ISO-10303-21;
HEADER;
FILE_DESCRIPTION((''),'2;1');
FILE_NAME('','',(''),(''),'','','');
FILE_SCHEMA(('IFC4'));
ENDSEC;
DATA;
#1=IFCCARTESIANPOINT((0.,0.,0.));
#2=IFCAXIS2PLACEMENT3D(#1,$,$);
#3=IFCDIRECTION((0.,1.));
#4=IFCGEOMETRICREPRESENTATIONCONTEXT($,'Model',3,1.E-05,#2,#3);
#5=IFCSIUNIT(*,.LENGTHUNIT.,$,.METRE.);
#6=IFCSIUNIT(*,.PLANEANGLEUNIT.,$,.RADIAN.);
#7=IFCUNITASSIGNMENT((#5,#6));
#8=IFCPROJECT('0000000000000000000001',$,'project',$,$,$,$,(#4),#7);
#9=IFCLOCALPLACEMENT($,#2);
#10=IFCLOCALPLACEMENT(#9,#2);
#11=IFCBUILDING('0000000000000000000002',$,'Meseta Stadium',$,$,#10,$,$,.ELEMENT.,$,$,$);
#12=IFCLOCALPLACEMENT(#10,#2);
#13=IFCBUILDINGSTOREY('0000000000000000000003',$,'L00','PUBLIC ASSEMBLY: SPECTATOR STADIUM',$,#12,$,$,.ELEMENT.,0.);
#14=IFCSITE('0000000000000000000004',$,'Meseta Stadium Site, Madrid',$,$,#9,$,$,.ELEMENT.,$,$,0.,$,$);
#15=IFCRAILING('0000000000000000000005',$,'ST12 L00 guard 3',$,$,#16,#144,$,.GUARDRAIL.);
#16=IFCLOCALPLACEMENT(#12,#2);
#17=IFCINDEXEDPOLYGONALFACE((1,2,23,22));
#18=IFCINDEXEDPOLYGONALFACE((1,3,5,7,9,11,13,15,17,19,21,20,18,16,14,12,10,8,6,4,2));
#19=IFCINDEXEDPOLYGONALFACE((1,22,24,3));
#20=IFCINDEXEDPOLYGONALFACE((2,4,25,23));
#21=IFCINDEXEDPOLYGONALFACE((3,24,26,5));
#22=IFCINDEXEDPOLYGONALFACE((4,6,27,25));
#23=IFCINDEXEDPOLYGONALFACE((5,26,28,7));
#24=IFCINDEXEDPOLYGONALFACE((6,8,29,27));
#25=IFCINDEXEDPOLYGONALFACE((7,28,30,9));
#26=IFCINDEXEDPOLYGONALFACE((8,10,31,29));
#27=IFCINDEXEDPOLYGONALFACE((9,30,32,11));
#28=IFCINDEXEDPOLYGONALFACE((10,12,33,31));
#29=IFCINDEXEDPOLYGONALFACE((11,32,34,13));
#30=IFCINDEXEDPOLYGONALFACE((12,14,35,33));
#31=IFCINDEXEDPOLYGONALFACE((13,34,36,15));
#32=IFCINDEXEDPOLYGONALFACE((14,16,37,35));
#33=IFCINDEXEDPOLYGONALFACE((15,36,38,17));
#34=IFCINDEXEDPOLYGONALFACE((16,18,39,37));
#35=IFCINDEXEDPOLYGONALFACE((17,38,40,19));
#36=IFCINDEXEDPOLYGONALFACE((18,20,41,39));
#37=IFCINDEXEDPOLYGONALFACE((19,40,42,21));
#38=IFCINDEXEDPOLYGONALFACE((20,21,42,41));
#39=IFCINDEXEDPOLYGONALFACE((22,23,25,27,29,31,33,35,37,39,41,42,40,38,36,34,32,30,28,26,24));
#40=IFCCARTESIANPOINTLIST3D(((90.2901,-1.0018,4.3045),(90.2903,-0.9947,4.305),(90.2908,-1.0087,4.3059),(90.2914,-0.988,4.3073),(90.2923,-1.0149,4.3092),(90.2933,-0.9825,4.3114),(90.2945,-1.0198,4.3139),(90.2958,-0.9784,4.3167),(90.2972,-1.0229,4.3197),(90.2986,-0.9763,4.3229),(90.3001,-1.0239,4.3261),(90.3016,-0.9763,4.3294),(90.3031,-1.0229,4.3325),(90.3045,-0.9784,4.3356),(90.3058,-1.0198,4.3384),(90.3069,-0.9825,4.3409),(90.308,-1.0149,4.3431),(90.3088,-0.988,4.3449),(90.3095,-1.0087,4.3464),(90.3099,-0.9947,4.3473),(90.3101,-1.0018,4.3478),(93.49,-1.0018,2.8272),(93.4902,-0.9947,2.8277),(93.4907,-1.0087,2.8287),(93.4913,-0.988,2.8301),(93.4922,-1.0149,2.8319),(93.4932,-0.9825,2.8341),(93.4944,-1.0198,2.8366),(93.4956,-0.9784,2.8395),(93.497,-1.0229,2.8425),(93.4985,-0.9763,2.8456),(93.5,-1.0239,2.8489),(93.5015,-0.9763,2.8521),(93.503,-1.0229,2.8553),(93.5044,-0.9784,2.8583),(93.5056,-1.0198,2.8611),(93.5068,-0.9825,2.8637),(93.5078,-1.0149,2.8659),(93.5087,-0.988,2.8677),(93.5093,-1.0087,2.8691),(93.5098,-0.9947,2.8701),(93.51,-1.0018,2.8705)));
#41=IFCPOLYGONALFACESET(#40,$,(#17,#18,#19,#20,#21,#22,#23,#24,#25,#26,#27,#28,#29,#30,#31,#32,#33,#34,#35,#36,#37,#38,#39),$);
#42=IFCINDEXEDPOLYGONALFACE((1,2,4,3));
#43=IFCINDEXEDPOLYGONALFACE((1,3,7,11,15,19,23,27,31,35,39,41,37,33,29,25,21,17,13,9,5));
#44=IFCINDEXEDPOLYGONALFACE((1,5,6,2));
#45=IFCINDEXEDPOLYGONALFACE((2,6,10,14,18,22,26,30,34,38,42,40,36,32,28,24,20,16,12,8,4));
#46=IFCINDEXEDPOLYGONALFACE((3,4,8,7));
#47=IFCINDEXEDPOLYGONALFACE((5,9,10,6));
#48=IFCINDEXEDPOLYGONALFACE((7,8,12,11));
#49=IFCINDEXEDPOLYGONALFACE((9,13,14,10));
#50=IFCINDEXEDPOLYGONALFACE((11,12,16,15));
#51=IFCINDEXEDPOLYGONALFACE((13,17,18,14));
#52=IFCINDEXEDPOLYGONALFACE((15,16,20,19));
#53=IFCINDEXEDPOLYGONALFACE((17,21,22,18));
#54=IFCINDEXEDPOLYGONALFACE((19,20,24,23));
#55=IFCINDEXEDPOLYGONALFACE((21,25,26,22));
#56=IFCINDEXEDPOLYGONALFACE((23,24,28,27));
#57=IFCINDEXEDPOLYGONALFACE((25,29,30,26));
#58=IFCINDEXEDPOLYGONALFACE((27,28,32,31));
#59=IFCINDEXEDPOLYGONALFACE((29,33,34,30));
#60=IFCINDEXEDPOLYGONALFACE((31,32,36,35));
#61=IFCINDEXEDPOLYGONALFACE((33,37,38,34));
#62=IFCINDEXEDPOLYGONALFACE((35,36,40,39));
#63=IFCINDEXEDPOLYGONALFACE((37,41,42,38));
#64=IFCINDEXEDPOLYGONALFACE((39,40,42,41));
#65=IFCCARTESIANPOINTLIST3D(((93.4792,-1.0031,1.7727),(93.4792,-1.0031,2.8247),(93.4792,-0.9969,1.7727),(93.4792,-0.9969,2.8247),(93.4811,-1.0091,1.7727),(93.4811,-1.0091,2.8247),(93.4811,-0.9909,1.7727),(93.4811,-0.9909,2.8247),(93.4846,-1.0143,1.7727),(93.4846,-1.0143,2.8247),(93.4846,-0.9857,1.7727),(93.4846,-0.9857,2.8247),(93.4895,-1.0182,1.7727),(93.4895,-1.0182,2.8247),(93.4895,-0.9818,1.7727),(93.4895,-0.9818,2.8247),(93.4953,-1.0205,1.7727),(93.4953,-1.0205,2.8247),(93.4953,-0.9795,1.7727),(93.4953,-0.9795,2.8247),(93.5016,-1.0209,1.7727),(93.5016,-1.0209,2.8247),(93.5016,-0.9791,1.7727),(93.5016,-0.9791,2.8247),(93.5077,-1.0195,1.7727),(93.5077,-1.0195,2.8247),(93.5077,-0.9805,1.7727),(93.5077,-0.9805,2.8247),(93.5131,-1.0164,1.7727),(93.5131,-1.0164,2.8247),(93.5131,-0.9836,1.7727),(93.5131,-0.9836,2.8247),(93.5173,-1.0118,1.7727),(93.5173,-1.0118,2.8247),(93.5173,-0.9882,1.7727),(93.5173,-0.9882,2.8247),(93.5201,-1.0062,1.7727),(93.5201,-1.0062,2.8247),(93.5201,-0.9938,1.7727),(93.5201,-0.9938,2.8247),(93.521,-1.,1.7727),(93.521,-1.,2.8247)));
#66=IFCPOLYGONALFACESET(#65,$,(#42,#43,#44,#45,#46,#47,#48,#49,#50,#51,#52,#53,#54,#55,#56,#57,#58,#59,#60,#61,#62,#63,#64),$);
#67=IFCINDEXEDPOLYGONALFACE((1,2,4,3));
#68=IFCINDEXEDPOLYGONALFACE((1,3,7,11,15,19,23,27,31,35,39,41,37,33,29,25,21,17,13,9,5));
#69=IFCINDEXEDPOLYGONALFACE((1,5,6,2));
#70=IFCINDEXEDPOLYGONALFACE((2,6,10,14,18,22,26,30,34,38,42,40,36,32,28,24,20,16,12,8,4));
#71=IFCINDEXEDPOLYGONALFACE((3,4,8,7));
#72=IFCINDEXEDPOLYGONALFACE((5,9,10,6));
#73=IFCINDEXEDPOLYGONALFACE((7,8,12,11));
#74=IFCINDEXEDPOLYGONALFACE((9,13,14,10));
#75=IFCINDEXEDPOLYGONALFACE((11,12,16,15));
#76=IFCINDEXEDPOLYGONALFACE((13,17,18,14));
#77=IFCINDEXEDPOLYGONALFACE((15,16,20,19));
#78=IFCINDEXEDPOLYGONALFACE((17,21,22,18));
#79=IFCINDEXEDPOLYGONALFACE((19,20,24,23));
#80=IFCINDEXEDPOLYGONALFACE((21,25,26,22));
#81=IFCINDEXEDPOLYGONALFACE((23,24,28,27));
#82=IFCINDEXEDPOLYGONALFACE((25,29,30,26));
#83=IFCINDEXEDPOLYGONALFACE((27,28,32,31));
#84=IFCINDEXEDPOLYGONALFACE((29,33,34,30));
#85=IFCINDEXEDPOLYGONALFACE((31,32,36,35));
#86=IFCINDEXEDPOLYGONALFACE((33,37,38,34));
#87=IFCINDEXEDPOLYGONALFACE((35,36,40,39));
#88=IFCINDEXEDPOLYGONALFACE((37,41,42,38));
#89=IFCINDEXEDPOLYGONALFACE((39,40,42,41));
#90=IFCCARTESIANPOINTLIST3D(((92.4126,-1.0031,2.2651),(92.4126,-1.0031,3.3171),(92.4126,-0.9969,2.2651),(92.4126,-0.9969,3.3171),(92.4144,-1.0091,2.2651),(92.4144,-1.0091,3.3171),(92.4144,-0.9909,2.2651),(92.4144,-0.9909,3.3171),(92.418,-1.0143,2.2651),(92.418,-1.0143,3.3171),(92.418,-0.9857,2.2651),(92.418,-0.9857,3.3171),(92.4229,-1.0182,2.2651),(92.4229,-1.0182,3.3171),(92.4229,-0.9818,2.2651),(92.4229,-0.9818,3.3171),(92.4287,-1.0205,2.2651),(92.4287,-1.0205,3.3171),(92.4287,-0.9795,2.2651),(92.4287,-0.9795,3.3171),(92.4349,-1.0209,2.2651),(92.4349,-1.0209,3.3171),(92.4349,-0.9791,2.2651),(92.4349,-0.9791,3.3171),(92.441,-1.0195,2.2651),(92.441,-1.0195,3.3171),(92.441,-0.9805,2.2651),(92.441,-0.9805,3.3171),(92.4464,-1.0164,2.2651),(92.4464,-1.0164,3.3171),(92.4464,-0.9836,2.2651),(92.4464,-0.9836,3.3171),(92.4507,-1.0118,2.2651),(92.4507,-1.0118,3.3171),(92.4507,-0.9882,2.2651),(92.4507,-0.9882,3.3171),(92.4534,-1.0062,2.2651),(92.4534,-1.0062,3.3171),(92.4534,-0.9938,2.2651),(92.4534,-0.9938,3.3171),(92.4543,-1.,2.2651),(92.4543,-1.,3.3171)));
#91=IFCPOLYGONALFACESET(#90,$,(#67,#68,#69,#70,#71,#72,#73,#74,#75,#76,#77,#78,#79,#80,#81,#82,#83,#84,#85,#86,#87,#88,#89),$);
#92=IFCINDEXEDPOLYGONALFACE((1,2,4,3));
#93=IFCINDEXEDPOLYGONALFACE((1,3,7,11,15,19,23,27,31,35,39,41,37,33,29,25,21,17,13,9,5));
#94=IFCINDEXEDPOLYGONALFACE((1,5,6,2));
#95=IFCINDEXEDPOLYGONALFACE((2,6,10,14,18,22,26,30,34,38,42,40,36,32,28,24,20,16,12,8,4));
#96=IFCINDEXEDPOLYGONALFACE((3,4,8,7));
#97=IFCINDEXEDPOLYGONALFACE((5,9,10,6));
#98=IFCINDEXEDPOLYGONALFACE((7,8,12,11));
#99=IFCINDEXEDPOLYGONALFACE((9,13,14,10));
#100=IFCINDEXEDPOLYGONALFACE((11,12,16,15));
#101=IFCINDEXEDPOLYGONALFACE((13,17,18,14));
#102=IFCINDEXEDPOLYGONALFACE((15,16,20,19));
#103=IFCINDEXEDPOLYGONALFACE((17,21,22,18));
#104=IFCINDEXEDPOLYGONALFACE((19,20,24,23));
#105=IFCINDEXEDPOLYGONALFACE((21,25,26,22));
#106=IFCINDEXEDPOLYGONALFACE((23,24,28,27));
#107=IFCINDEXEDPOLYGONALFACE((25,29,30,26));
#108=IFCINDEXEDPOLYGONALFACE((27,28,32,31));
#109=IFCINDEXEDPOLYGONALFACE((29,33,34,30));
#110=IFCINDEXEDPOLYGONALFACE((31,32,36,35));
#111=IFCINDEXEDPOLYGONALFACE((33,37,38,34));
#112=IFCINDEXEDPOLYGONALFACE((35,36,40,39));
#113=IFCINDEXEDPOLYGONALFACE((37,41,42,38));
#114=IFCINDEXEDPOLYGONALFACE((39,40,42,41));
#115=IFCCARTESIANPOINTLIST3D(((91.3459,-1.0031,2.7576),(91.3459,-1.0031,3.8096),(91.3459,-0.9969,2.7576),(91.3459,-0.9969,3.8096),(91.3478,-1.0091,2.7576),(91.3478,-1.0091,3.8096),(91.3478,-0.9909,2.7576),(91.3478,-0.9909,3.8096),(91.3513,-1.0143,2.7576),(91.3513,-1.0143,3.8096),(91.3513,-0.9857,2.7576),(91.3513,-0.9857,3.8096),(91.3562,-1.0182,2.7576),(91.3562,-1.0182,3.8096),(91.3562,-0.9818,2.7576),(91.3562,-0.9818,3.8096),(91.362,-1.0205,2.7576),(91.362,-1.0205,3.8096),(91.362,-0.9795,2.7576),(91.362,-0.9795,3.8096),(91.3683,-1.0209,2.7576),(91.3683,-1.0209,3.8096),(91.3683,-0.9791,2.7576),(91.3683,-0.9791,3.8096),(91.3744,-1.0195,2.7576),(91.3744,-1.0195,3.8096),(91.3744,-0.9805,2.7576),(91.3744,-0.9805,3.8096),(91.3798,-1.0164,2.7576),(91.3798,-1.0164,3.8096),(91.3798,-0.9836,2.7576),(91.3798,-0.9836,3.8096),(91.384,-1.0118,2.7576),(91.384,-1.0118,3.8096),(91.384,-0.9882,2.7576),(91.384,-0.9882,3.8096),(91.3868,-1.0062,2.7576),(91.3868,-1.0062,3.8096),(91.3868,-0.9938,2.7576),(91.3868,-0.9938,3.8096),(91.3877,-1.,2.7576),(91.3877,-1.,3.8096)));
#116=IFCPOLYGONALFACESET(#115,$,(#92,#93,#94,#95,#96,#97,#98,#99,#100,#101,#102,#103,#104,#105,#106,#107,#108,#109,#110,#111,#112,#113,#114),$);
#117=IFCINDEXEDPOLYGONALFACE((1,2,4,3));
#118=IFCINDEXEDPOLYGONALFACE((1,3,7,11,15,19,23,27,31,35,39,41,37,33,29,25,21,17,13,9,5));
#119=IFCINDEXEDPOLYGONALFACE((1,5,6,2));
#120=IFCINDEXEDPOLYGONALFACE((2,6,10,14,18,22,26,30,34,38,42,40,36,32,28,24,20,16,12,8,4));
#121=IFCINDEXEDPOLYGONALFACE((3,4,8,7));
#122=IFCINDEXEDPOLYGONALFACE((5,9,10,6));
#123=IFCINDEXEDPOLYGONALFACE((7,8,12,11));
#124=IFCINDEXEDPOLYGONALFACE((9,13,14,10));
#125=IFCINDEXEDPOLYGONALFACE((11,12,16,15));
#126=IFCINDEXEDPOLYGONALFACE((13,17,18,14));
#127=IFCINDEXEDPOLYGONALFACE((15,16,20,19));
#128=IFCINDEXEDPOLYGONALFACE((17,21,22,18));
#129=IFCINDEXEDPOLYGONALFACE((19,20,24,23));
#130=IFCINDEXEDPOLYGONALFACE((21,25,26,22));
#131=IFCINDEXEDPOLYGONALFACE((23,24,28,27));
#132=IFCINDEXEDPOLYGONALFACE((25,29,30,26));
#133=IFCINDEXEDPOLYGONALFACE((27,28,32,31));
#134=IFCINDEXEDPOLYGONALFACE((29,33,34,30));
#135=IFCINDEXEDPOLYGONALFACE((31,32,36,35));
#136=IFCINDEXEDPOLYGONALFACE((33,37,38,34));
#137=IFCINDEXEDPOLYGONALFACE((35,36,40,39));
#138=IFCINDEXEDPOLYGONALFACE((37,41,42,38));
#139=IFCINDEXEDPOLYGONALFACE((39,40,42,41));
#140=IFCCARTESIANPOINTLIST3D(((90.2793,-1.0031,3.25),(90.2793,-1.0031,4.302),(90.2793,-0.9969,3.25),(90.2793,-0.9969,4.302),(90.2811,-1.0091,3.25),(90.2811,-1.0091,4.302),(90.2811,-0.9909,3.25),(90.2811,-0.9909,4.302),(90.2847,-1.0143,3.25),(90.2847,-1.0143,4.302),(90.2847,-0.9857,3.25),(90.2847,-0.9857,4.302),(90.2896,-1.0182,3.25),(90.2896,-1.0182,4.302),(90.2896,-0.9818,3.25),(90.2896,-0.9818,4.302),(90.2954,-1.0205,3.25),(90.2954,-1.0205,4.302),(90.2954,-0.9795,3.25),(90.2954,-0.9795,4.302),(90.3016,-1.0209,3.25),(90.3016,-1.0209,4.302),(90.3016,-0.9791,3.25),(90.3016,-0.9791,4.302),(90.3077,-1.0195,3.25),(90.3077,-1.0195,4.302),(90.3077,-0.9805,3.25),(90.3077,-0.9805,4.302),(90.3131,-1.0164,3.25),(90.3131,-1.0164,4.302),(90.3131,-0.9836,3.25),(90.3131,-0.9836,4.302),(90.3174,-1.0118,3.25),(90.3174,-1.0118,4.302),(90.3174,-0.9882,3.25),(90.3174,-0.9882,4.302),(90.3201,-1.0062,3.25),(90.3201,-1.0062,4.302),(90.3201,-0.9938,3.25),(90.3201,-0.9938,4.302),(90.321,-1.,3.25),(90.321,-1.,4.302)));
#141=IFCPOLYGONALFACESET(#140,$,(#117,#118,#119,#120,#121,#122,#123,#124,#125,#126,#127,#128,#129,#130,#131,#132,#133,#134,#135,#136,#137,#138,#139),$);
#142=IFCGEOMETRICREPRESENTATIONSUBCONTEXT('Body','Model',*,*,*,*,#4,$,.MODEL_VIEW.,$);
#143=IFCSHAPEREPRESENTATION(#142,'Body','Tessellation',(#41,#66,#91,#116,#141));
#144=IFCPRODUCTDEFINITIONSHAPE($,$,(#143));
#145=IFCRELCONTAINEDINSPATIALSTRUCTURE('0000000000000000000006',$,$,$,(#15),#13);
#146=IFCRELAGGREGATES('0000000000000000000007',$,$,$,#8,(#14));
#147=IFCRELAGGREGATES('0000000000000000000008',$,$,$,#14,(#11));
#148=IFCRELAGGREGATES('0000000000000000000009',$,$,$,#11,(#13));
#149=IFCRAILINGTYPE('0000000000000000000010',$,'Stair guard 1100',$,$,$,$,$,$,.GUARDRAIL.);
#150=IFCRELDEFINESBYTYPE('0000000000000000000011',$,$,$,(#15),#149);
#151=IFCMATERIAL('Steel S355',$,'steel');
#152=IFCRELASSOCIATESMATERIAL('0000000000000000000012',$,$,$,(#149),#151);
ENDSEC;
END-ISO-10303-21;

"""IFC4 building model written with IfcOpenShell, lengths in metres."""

from ifc_helpers import new_model, si_unit, direction, frame, origin, origin_2d, place, context, subcontext, project, spatial, circle, extrude, material, type_object, element, save


model = new_model("IFC4")

# Units and contexts
model_context = context("Model", 3, precision=1e-05, world=origin(), true_north=direction((0.0, 1.0)))
body_context = subcontext(model_context, "Body", "Model", "MODEL_VIEW")
ifc_project = project(units=[si_unit("LENGTHUNIT", "METRE"), si_unit("PLANEANGLEUNIT", "RADIAN")], contexts=[model_context])

# Site, building, storey
site_placement = place(None, origin())
site = spatial("IfcSite", under=ifc_project, at=site_placement, Name="Meseta Stadium Site, Madrid", CompositionType="ELEMENT", RefElevation=0.0)
building_placement = place(site_placement, origin())
building = spatial("IfcBuilding", under=site, at=building_placement, Name="Meseta Stadium", CompositionType="ELEMENT")
storey_placement = place(building_placement, origin())
storey = spatial("IfcBuildingStorey", under=building, at=storey_placement, Name="L00", Description="PUBLIC ASSEMBLY: SPECTATOR STADIUM", CompositionType="ELEMENT", Elevation=0.0)

# Railing
ifc_material_1 = material(Name="Steel S355", Category="steel")
railing_type_1 = type_object("IfcRailingType", Name="Stair guard 1100", PredefinedType="GUARDRAIL", material=ifc_material_1)
railing_1_placement = place(storey_placement, frame((93.5, -1.0, 1.7727)))
element("IfcRailing", 1, at=railing_1_placement, inside=storey, type_object=railing_type_1, Name="ST12 L00 guard 3", PredefinedType="GUARDRAIL", context=body_context, shape_type="SweptSolid", body=[
    extrude(circle(Radius=0.0239, at=origin_2d()), frame((0.0, 0.0, 1.0762), z_axis=(-0.907917, 0.0, 0.41915), x_axis=(0.0, -1.0, 0.0)), (0.0, 0.0, 1.0), 3.5244),
    extrude(circle(Radius=0.021, at=origin_2d()), origin(), (0.0, 0.0, 1.0), 1.052),
    extrude(circle(Radius=0.021, at=origin_2d()), frame((-1.0667, 0.0, 0.4924)), (0.0, 0.0, 1.0), 1.052),
    extrude(circle(Radius=0.021, at=origin_2d()), frame((-2.1333, 0.0, 0.9849)), (0.0, 0.0, 1.0), 1.052),
    extrude(circle(Radius=0.021, at=origin_2d()), frame((-3.2, 0.0, 1.4773)), (0.0, 0.0, 1.0), 1.052),
])

save(model, "model.ifc")
